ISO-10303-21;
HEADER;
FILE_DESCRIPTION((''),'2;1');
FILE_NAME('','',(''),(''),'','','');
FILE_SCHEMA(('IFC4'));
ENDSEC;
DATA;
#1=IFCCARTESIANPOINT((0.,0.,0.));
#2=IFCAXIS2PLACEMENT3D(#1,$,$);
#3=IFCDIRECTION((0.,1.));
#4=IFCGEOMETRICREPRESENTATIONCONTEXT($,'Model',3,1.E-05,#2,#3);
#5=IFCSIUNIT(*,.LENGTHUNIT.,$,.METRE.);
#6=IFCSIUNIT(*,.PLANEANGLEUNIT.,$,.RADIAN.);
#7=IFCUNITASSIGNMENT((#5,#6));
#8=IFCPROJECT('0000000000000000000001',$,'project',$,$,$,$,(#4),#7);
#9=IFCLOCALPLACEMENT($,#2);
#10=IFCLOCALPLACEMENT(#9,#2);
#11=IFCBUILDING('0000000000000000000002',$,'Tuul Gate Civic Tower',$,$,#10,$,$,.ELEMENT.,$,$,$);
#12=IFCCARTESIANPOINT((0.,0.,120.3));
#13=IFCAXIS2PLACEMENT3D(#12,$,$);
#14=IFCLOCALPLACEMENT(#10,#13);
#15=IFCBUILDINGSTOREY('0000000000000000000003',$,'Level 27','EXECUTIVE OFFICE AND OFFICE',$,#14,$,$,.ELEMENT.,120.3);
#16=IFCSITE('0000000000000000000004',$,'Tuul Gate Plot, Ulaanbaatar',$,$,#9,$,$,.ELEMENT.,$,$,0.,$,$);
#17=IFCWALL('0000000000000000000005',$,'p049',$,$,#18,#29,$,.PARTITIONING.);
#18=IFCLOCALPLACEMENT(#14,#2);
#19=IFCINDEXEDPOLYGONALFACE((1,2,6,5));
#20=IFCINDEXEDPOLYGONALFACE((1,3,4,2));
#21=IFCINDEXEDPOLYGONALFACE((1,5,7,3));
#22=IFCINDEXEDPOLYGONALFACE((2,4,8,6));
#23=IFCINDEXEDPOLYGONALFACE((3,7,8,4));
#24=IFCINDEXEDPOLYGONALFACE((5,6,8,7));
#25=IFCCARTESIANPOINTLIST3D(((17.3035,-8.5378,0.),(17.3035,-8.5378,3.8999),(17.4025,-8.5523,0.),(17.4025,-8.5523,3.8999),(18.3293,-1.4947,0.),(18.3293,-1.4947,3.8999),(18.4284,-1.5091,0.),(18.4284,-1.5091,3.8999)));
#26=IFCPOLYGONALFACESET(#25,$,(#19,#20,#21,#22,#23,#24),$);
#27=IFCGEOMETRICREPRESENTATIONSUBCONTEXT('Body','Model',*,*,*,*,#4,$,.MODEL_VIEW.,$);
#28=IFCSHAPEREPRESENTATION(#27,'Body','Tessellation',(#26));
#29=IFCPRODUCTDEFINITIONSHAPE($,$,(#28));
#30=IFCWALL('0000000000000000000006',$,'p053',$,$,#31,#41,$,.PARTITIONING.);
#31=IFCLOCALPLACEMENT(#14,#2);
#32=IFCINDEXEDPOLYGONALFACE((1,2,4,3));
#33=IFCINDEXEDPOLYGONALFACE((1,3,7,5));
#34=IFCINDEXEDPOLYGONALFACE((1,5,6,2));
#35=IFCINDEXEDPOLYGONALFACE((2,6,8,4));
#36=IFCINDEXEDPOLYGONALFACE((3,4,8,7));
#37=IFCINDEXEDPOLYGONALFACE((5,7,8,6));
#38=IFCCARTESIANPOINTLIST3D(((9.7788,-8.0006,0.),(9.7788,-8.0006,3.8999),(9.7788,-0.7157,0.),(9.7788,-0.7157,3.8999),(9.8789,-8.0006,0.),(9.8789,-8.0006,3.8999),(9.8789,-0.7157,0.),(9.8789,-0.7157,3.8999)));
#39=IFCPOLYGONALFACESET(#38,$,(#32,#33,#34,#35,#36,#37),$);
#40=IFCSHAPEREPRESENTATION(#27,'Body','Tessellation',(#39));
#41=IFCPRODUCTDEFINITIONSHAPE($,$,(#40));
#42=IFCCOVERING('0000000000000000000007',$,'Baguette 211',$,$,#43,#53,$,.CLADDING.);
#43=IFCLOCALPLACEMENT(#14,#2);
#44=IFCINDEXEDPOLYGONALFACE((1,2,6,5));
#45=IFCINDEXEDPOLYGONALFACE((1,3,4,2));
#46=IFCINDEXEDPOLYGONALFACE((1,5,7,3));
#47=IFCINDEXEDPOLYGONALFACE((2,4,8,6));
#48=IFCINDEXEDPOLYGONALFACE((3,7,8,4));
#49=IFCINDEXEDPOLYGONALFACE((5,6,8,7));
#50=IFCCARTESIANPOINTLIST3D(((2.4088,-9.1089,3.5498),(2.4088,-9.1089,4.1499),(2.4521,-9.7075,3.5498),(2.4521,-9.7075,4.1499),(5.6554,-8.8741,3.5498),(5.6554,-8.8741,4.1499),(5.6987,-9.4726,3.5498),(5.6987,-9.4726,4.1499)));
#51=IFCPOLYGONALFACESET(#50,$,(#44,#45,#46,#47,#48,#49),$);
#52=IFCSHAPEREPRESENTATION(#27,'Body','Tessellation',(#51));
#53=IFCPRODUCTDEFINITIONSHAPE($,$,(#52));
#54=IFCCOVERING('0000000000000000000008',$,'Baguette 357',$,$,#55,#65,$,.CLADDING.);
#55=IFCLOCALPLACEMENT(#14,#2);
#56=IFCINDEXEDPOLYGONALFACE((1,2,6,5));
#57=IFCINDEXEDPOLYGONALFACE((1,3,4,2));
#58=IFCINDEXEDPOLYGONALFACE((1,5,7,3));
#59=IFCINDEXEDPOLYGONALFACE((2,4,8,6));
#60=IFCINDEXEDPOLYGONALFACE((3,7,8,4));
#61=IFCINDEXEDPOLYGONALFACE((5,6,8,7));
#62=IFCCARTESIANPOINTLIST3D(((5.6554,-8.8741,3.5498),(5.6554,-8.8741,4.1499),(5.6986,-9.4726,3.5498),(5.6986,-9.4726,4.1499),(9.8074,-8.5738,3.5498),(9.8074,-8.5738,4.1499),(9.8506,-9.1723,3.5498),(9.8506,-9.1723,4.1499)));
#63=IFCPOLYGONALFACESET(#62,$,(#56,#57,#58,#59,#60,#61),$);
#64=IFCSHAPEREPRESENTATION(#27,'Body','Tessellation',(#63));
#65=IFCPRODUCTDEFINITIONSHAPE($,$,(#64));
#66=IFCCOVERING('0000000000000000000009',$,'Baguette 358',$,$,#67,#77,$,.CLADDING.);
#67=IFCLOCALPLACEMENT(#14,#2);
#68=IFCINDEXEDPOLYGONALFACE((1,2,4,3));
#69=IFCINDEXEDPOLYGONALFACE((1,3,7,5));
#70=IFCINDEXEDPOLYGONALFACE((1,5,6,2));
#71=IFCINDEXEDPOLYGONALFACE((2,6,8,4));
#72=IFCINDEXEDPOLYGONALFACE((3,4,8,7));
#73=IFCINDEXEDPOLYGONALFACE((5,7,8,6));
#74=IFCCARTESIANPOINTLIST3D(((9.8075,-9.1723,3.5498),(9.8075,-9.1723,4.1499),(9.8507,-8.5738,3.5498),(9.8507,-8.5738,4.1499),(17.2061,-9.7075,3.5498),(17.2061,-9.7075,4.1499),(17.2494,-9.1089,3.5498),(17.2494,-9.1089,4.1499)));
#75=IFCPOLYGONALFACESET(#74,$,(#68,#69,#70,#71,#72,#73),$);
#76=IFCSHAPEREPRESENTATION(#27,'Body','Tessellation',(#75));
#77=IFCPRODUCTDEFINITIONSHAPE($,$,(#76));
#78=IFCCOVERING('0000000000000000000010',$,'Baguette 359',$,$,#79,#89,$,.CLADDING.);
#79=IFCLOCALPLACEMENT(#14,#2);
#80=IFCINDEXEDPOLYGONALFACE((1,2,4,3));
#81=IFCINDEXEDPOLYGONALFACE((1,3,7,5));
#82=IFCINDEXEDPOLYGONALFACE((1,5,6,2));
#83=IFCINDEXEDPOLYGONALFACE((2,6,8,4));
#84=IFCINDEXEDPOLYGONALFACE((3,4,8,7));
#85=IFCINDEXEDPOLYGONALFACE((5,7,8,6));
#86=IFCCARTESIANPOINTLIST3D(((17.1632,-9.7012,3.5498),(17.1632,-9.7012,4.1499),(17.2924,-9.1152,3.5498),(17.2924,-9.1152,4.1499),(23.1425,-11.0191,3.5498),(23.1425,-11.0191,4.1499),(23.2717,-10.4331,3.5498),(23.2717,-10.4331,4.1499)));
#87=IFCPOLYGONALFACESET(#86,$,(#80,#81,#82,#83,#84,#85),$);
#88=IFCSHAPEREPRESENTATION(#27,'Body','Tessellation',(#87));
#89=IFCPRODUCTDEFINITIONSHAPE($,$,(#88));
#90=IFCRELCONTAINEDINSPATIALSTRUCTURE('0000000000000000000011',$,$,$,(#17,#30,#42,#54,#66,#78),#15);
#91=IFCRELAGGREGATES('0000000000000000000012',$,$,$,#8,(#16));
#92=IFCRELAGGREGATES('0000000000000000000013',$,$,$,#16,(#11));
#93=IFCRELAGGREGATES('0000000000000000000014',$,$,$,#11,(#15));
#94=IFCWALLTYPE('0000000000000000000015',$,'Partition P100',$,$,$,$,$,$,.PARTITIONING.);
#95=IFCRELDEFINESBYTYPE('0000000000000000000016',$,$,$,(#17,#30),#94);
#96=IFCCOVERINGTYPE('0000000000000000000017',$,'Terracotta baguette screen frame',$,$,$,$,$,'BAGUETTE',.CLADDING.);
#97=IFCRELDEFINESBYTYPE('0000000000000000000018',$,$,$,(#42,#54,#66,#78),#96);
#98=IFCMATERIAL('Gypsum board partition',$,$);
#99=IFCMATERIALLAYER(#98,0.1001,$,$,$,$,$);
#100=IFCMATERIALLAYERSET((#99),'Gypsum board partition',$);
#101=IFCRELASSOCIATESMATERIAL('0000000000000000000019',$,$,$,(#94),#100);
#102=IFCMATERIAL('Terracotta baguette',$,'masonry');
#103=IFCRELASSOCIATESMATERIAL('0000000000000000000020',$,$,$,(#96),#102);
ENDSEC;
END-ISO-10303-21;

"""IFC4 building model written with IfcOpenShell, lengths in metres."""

from ifc_helpers import new_model, si_unit, direction, frame, frame_2d, origin, origin_2d, place, context, subcontext, project, spatial, rectangle, extrude, material, layer, layer_set, material_profile, profile_set, type_object, element, save


model = new_model("IFC4")

# Units and contexts
model_context = context("Model", 3, precision=1e-05, world=origin(), true_north=direction((0.0, 1.0)))
body_context = subcontext(model_context, "Body", "Model", "MODEL_VIEW")
ifc_project = project(units=[si_unit("LENGTHUNIT", "METRE"), si_unit("PLANEANGLEUNIT", "RADIAN")], contexts=[model_context])

# Site, building, storey
site_placement = place(None, origin())
site = spatial("IfcSite", under=ifc_project, at=site_placement, Name="Tuul Gate Plot, Ulaanbaatar", CompositionType="ELEMENT", RefElevation=0.0)
building_placement = place(site_placement, origin())
building = spatial("IfcBuilding", under=site, at=building_placement, Name="Tuul Gate Civic Tower", CompositionType="ELEMENT")
storey_placement = place(building_placement, frame((0.0, 0.0, 120.3)))
storey = spatial("IfcBuildingStorey", under=building, at=storey_placement, Name="Level 27", Description="EXECUTIVE OFFICE AND OFFICE", CompositionType="ELEMENT", Elevation=120.3)

# Walls
ifc_material_1 = material(Name="Gypsum board partition")
ifc_layer_1 = layer(ifc_material_1, 0.1001)
ifc_layer_set_1 = layer_set([ifc_layer_1], Name="Gypsum board partition")
wall_type_1 = type_object("IfcWallType", Name="Partition P100", PredefinedType="PARTITIONING", material=ifc_layer_set_1)
wall_1_placement = place(storey_placement, frame((17.353, -8.5449, 0.0), z_axis=(0.0, 0.0, 1.0), x_axis=(0.144134, 0.989558, 0.0)))
element("IfcWall", 1, at=wall_1_placement, inside=storey, type_object=wall_type_1, Name="p049", PredefinedType="PARTITIONING", context=body_context, shape_type="SweptSolid", body=[
    extrude(rectangle(XDim=7.1174, YDim=0.1001, at=frame_2d((3.5586, 0.0))), origin(), (0.0, 0.0, 1.0), 3.8999),
])
wall_2_placement = place(storey_placement, frame((9.8289, -8.0007, 0.0), z_axis=(0.0, 0.0, 1.0), x_axis=(0.0, 1.0, 0.0)))
element("IfcWall", 2, at=wall_2_placement, inside=storey, type_object=wall_type_1, Name="p053", PredefinedType="PARTITIONING", context=body_context, shape_type="SweptSolid", body=[
    extrude(rectangle(XDim=7.2849, YDim=0.1001, at=frame_2d((3.6426, 0.0))), origin(), (0.0, 0.0, 1.0), 3.8999),
])

# Coverings
ifc_material_2 = material(Name="Terracotta baguette", Category="masonry")
ifc_material_profile_1 = material_profile(ifc_material_2, rectangle(XDim=0.6001, YDim=0.6001, at=origin_2d()), Name="Terracotta baguette screen frame")
ifc_profile_set_1 = profile_set([ifc_material_profile_1], Name="Terracotta baguette")
covering_type = type_object("IfcCoveringType", Name="Terracotta baguette screen frame", ElementType="BAGUETTE", PredefinedType="CLADDING", material=ifc_profile_set_1)
covering_1_placement = place(storey_placement, frame((2.4304, -9.4082, 3.8499), z_axis=(0.997394, 0.072153, 0.0), x_axis=(-0.072153, 0.997394, 0.0)))
element("IfcCovering", 3, at=covering_1_placement, inside=storey, type_object=covering_type, Name="Baguette 211", PredefinedType="CLADDING", context=body_context, shape_type="SweptSolid", body=[
    extrude(rectangle(XDim=0.6001, YDim=0.6001, at=origin_2d()), origin(), (0.0, 0.0, 1.0), 3.2551),
])
covering_2_placement = place(storey_placement, frame((5.677, -9.1733, 3.8499), z_axis=(0.997395, 0.072135, 0.0), x_axis=(-0.072135, 0.997395, 0.0)))
element("IfcCovering", 4, at=covering_2_placement, inside=storey, type_object=covering_type, Name="Baguette 357", PredefinedType="CLADDING", context=body_context, shape_type="SweptSolid", body=[
    extrude(rectangle(XDim=0.6001, YDim=0.6001, at=origin_2d()), origin(), (0.0, 0.0, 1.0), 4.1628),
])
covering_3_placement = place(storey_placement, frame((9.8291, -8.873, 3.8499), z_axis=(0.997394, -0.072143, 0.0), x_axis=(0.072143, 0.997394, 0.0)))
element("IfcCovering", 5, at=covering_3_placement, inside=storey, type_object=covering_type, Name="Baguette 358", PredefinedType="CLADDING", context=body_context, shape_type="SweptSolid", body=[
    extrude(rectangle(XDim=0.6001, YDim=0.6001, at=origin_2d()), origin(), (0.0, 0.0, 1.0), 7.418),
])
covering_4_placement = place(storey_placement, frame((17.2278, -9.4082, 3.8499), z_axis=(0.976561, -0.215241, 0.0), x_axis=(0.215241, 0.976561, 0.0)))
element("IfcCovering", 6, at=covering_4_placement, inside=storey, type_object=covering_type, Name="Baguette 359", PredefinedType="CLADDING", context=body_context, shape_type="SweptSolid", body=[
    extrude(rectangle(XDim=0.6001, YDim=0.6001, at=origin_2d()), origin(), (0.0, 0.0, 1.0), 6.1228),
])

save(model, "model.ifc")
